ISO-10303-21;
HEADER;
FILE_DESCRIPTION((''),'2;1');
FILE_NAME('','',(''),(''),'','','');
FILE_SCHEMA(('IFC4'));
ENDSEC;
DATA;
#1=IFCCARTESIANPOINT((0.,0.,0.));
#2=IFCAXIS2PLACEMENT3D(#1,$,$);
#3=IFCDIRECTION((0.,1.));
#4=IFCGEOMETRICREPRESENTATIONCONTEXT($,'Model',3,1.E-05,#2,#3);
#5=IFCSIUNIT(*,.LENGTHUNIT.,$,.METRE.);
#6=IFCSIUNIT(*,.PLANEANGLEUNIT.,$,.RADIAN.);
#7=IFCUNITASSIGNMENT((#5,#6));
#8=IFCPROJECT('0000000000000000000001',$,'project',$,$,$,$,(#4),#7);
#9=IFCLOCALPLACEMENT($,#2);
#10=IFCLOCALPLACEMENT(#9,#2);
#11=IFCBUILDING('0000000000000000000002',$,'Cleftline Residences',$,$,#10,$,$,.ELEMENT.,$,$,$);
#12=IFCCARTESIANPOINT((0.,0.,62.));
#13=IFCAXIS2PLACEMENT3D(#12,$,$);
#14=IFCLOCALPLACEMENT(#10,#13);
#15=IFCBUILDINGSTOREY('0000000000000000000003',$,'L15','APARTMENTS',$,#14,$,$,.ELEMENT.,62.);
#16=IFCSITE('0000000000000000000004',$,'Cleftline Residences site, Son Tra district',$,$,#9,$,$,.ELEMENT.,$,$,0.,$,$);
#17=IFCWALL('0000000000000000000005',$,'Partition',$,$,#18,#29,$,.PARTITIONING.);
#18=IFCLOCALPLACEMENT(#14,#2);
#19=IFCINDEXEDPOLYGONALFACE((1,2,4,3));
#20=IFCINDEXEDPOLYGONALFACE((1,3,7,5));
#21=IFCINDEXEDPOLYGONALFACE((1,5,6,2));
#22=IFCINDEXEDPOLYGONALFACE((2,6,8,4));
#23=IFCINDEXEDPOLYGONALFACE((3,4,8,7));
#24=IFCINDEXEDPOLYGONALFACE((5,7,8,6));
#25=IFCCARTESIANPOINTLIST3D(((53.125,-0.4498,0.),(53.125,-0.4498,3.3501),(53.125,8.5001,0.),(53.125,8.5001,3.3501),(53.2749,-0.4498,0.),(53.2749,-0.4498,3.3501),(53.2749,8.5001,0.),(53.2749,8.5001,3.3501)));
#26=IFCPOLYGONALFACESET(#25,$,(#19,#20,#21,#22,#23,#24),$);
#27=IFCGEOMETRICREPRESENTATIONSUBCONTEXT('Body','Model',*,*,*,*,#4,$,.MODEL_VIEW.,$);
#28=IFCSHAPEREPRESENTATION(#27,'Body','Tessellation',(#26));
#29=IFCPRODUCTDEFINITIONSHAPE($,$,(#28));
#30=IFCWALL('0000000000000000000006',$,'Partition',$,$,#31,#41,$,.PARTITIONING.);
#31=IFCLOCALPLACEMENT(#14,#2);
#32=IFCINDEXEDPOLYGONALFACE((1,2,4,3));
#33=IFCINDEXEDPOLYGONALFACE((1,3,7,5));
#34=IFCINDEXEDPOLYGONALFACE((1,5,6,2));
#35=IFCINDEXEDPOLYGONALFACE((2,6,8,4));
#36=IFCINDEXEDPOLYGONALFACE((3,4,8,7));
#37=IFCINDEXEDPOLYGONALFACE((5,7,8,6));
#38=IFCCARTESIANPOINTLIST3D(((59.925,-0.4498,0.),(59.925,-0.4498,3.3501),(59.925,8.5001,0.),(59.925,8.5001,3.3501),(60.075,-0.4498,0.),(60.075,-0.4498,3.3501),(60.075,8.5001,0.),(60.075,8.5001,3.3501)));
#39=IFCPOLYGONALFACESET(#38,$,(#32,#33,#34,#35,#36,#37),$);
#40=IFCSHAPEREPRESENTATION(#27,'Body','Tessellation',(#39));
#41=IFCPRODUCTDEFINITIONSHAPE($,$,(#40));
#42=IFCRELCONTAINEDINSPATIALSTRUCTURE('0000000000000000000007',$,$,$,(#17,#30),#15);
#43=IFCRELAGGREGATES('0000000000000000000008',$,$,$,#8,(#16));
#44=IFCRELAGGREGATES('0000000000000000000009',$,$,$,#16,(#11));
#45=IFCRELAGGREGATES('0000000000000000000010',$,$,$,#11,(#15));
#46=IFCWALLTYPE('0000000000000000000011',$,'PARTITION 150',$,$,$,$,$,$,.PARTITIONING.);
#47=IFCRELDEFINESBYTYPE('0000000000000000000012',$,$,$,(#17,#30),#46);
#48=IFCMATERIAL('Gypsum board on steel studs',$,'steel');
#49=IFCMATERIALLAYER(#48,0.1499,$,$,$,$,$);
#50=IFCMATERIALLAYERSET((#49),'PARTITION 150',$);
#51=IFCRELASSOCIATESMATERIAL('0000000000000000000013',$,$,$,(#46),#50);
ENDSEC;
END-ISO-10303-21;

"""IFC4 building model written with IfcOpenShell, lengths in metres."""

from ifc_helpers import new_model, si_unit, direction, frame, frame_2d, origin, place, context, subcontext, project, spatial, rectangle, extrude, material, layer, layer_set, type_object, element, save


model = new_model("IFC4")

# Units and contexts
model_context = context("Model", 3, precision=1e-05, world=origin(), true_north=direction((0.0, 1.0)))
body_context = subcontext(model_context, "Body", "Model", "MODEL_VIEW")
ifc_project = project(units=[si_unit("LENGTHUNIT", "METRE"), si_unit("PLANEANGLEUNIT", "RADIAN")], contexts=[model_context])

# Site, building, storey
site_placement = place(None, origin())
site = spatial("IfcSite", under=ifc_project, at=site_placement, Name="Cleftline Residences site, Son Tra district", CompositionType="ELEMENT", RefElevation=0.0)
building_placement = place(site_placement, origin())
building = spatial("IfcBuilding", under=site, at=building_placement, Name="Cleftline Residences", CompositionType="ELEMENT")
storey_placement = place(building_placement, frame((0.0, 0.0, 62.0)))
storey = spatial("IfcBuildingStorey", under=building, at=storey_placement, Name="L15", Description="APARTMENTS", CompositionType="ELEMENT", Elevation=62.0)

# Walls
ifc_material_1 = material(Name="Gypsum board on steel studs", Category="steel")
ifc_layer_1 = layer(ifc_material_1, 0.1499)
ifc_layer_set_1 = layer_set([ifc_layer_1], Name="PARTITION 150")
wall_type_1 = type_object("IfcWallType", Name="PARTITION 150", PredefinedType="PARTITIONING", material=ifc_layer_set_1)
for number, where, z_axis, x_axis, name in (
    (1, (53.2, -0.45, 0.0), (0.0, 0.0, 1.0), (0.0, 1.0, 0.0), "Partition"),
    (2, (60.0, -0.45, 0.0), (0.0, 0.0, 1.0), (0.0, 1.0, 0.0), "Partition"),
):
    element("IfcWall", number, at=place(storey_placement, frame(where, z_axis=z_axis, x_axis=x_axis)), inside=storey, type_object=wall_type_1, Name=name, PredefinedType="PARTITIONING", context=body_context, shape_type="SweptSolid", body=[
        extrude(rectangle(XDim=8.95, YDim=0.1499, at=frame_2d((4.4751, 0.0))), origin(), (0.0, 0.0, 1.0), 3.3501),
    ])

save(model, "model.ifc")
